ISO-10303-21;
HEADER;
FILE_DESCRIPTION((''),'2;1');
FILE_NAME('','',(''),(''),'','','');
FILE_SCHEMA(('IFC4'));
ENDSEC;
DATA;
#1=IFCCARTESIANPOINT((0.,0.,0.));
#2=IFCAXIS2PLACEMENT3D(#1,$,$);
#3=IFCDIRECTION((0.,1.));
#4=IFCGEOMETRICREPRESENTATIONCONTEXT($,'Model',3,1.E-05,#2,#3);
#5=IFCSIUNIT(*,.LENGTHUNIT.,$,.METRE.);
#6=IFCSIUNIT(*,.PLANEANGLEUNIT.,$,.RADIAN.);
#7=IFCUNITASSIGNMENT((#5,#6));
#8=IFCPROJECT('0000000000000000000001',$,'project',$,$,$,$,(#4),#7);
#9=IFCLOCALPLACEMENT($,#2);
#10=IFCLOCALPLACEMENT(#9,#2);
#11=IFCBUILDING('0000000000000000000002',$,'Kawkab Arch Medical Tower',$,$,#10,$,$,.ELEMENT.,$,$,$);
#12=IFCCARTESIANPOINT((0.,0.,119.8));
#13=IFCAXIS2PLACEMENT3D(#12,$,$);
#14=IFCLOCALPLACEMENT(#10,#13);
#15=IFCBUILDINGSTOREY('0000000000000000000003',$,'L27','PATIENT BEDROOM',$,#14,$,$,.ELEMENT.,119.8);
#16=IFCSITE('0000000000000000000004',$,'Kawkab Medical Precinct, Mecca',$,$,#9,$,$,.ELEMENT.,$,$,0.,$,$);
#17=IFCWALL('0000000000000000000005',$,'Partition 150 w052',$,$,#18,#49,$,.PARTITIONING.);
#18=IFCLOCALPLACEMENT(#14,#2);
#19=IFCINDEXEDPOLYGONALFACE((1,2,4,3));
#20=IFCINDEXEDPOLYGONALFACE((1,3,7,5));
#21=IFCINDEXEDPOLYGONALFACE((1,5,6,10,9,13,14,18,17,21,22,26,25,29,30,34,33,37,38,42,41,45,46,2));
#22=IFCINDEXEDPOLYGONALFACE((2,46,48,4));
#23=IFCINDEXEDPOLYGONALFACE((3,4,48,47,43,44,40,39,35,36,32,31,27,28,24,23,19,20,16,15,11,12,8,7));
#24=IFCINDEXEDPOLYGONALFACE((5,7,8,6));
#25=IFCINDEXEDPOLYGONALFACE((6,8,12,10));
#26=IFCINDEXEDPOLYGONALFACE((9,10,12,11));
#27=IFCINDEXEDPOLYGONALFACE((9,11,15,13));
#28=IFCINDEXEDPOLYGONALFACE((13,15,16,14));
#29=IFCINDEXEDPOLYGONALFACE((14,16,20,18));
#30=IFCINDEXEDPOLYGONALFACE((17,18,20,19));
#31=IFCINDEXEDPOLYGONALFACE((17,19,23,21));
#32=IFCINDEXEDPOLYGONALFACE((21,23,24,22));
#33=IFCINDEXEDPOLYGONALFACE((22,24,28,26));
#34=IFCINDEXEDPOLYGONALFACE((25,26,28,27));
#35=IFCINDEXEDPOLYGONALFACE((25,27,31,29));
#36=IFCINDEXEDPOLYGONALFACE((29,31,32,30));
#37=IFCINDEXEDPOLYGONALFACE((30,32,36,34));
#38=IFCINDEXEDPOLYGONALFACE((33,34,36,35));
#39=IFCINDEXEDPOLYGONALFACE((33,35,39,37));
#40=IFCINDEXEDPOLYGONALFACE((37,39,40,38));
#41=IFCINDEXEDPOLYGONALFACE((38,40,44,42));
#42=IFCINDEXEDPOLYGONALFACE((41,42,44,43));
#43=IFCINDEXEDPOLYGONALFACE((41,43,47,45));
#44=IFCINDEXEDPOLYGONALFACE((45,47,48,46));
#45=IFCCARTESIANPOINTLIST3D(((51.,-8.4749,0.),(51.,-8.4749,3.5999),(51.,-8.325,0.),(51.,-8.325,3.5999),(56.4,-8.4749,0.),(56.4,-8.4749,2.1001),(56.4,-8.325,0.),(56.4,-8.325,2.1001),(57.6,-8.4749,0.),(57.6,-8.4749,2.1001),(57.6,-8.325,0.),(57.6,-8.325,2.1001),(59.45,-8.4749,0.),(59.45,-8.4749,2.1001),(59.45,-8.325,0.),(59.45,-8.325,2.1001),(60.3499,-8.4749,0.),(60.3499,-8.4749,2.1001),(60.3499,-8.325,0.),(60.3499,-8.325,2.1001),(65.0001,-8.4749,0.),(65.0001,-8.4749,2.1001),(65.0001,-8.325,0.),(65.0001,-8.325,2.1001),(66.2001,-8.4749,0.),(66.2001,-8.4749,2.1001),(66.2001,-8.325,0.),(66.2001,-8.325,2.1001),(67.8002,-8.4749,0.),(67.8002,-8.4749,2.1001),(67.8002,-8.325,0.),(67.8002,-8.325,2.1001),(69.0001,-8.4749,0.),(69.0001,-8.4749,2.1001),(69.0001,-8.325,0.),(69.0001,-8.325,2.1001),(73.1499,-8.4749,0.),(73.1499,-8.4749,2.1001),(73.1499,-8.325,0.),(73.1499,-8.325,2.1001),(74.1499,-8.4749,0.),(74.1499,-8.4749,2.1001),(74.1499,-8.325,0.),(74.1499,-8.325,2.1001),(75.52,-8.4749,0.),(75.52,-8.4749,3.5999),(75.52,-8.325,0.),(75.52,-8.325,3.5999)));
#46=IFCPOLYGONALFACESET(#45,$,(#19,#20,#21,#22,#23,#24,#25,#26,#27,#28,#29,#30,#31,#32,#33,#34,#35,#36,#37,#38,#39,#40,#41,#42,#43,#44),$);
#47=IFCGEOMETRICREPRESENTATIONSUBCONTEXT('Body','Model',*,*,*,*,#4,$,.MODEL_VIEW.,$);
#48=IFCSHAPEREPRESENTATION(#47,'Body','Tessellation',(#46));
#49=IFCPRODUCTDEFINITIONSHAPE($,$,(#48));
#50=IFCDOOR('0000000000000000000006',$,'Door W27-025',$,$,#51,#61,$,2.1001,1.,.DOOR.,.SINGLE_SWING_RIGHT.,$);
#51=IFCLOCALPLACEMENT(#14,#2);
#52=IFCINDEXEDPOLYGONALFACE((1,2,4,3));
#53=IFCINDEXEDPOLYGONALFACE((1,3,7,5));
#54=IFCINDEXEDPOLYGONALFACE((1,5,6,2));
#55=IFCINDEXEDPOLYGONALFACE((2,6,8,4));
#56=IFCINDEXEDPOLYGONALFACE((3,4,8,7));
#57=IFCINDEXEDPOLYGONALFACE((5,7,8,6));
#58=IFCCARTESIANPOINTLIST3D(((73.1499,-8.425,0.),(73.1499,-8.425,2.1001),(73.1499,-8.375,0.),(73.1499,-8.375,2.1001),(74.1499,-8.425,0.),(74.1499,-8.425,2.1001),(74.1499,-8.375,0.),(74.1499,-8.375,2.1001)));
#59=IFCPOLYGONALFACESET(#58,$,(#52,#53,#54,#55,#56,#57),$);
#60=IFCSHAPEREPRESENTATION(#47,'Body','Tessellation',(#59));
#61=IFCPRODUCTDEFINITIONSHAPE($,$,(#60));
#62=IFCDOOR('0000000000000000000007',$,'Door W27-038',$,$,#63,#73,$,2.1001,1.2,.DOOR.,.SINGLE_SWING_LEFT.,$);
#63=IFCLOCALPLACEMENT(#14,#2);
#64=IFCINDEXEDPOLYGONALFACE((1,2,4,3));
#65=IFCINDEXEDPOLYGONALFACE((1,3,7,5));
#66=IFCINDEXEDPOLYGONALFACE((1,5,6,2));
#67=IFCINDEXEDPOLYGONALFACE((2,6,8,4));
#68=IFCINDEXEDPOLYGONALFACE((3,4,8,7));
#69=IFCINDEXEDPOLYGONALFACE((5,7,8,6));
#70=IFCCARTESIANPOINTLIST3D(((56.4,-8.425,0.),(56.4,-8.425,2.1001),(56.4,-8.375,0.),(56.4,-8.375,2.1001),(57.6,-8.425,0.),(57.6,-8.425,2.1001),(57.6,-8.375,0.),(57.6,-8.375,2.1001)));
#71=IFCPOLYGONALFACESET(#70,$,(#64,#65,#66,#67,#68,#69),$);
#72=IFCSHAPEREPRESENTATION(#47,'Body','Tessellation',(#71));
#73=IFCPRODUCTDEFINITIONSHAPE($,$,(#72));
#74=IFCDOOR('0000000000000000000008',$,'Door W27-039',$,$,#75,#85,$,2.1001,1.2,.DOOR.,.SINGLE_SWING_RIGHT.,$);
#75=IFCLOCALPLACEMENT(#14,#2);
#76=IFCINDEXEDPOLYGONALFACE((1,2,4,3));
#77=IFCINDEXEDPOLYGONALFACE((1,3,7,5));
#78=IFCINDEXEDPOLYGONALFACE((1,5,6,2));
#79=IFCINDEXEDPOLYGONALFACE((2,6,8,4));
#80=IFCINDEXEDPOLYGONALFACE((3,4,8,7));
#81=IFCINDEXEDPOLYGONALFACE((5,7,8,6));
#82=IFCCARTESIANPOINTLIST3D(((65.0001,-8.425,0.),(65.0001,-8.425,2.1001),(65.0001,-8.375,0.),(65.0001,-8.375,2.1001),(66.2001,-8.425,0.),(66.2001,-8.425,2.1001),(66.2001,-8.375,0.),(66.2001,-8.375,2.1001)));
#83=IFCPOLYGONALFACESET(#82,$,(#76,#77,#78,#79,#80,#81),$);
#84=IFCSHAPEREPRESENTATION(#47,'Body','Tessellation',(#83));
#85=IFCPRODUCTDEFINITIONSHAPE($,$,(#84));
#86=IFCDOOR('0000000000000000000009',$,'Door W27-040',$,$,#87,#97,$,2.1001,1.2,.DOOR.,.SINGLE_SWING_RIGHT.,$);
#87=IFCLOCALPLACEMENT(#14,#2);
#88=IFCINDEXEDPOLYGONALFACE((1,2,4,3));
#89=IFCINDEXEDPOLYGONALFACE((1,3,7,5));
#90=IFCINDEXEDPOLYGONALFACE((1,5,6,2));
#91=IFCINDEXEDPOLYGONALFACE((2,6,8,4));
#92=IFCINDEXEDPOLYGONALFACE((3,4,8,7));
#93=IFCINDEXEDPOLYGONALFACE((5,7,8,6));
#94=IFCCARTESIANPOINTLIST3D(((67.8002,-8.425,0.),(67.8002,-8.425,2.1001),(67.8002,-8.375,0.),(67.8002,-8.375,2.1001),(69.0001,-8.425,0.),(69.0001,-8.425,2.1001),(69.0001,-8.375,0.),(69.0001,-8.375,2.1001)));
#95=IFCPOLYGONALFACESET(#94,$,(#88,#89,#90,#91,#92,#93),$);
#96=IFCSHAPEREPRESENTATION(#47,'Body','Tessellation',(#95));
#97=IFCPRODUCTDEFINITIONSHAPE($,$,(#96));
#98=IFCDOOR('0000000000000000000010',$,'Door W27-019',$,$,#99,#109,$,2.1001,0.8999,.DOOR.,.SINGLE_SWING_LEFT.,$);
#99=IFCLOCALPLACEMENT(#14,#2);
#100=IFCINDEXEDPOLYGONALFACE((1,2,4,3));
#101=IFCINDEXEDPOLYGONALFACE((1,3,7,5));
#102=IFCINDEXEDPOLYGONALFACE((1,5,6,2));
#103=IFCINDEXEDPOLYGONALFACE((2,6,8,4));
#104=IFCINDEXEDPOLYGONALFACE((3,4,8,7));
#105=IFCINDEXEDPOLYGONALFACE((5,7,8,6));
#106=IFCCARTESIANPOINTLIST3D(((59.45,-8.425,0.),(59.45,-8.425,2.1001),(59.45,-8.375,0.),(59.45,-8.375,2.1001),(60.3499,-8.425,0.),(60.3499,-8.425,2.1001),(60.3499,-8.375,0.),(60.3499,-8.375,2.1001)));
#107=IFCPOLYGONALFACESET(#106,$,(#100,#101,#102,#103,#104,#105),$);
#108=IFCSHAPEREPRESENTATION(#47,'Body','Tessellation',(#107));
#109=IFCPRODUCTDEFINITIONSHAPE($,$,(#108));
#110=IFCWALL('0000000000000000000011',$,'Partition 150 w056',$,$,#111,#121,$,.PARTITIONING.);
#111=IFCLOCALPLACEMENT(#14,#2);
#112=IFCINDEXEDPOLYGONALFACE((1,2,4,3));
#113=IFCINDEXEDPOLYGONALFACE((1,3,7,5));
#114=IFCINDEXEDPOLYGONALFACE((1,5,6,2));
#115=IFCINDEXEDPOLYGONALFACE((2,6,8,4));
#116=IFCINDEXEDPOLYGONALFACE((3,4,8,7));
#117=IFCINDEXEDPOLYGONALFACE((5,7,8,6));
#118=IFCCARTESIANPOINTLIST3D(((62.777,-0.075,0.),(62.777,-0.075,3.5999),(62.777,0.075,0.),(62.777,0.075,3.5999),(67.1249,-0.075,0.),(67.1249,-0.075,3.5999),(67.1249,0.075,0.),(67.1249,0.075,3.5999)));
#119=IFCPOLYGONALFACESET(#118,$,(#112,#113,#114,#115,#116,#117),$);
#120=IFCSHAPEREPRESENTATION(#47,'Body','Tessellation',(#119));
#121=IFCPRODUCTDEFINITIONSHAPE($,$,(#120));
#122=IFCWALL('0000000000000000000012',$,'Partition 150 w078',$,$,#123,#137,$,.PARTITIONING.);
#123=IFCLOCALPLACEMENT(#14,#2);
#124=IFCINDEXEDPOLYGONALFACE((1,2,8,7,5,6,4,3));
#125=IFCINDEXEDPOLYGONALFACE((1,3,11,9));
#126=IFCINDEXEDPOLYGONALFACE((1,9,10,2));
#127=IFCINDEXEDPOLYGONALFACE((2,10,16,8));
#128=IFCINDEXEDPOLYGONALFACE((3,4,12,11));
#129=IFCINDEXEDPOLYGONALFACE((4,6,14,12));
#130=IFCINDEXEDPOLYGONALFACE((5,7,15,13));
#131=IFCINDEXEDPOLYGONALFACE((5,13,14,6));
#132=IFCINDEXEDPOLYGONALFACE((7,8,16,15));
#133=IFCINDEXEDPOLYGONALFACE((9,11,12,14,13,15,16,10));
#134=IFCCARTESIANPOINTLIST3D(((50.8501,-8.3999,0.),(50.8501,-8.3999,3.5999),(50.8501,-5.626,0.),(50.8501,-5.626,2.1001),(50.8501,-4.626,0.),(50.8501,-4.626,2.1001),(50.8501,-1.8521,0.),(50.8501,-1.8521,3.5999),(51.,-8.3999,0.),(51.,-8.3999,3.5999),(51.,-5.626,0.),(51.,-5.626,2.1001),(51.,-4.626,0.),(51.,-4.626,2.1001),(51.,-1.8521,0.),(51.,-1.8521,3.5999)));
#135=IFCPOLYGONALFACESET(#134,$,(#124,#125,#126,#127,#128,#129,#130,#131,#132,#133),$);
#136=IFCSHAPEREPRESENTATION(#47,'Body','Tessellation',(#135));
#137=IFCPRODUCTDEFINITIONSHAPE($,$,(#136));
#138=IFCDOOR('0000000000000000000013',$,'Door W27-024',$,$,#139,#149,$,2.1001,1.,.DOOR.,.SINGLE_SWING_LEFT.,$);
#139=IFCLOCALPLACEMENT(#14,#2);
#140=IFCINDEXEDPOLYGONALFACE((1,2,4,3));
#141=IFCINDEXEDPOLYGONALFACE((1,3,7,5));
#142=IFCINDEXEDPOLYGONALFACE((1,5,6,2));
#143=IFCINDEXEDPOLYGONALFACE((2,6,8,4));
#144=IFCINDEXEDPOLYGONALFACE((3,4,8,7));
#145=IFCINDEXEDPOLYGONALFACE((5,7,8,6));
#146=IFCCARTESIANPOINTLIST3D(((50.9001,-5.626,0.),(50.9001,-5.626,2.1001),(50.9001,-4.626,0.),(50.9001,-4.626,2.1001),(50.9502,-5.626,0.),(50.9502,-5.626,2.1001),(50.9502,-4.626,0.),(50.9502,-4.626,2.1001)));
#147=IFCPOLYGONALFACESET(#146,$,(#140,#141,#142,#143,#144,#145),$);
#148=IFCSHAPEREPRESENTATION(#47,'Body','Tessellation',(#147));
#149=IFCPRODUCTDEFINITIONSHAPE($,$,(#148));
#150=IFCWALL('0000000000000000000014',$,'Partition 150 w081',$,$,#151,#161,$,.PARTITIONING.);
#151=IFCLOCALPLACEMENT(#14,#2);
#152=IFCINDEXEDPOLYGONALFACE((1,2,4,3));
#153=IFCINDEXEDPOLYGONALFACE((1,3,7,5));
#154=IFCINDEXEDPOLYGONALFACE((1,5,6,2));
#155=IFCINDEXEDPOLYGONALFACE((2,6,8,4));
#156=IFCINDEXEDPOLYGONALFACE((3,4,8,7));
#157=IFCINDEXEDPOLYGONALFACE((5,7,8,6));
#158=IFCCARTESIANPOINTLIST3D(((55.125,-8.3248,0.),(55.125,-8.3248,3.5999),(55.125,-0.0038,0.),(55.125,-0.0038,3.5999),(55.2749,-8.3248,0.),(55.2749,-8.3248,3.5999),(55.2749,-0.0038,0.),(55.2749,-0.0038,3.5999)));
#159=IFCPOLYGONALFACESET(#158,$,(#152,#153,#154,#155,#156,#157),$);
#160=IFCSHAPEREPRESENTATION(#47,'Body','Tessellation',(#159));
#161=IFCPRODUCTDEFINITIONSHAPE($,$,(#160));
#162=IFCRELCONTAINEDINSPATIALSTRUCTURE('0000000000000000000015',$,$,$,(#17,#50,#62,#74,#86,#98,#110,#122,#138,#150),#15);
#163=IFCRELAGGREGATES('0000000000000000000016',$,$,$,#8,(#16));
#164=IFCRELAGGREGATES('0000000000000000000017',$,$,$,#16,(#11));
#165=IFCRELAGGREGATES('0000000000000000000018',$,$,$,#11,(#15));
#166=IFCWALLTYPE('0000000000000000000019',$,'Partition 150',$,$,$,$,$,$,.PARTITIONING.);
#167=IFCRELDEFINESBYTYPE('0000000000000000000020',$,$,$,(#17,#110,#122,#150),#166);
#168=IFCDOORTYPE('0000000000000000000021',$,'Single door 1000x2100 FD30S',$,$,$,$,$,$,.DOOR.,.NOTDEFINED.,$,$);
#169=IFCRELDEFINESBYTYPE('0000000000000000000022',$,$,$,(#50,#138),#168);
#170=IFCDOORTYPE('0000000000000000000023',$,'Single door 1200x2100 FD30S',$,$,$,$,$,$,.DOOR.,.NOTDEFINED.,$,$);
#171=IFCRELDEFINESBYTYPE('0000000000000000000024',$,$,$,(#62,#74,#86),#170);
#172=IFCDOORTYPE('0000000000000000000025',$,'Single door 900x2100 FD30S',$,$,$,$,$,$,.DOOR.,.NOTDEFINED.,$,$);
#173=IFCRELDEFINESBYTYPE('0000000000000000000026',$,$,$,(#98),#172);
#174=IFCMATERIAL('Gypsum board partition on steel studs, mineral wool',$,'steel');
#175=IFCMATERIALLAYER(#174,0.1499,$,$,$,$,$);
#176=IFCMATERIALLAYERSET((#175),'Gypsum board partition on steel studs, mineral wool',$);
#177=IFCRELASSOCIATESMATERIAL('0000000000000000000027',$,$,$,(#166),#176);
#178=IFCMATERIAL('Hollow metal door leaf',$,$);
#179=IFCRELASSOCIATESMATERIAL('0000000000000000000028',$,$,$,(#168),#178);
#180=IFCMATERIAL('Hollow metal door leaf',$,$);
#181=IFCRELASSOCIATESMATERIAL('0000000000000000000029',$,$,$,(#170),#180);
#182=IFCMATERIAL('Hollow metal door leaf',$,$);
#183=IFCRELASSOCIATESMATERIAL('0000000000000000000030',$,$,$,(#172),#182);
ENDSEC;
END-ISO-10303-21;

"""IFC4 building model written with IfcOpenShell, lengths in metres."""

from ifc_helpers import new_model, si_unit, direction, frame, frame_2d, origin, place, context, subcontext, project, spatial, rectangle, extrude, material, layer, layer_set, type_object, element, fill, save


model = new_model("IFC4")

# Units and contexts
model_context = context("Model", 3, precision=1e-05, world=origin(), true_north=direction((0.0, 1.0)))
body_context = subcontext(model_context, "Body", "Model", "MODEL_VIEW")
ifc_project = project(units=[si_unit("LENGTHUNIT", "METRE"), si_unit("PLANEANGLEUNIT", "RADIAN")], contexts=[model_context])

# Site, building, storey
site_placement = place(None, origin())
site = spatial("IfcSite", under=ifc_project, at=site_placement, Name="Kawkab Medical Precinct, Mecca", CompositionType="ELEMENT", RefElevation=0.0)
building_placement = place(site_placement, origin())
building = spatial("IfcBuilding", under=site, at=building_placement, Name="Kawkab Arch Medical Tower", CompositionType="ELEMENT")
storey_placement = place(building_placement, frame((0.0, 0.0, 119.8)))
storey = spatial("IfcBuildingStorey", under=building, at=storey_placement, Name="L27", Description="PATIENT BEDROOM", CompositionType="ELEMENT", Elevation=119.8)

# Wall, openings, doors
ifc_material_1 = material(Name="Gypsum board partition on steel studs, mineral wool", Category="steel")
ifc_layer_1 = layer(ifc_material_1, 0.1499)
ifc_layer_set_1 = layer_set([ifc_layer_1], Name="Gypsum board partition on steel studs, mineral wool")
wall_type_1 = type_object("IfcWallType", Name="Partition 150", PredefinedType="PARTITIONING", material=ifc_layer_set_1)
wall_1_placement = place(storey_placement, frame((51.0, -8.3999, 0.0), z_axis=(0.0, 0.0, 1.0), x_axis=(1.0, 0.0, 0.0)))
wall_1 = element("IfcWall", 1, at=wall_1_placement, inside=storey, type_object=wall_type_1, Name="Partition 150 w052", PredefinedType="PARTITIONING", context=body_context, shape_type="SweptSolid", body=[
    extrude(rectangle(XDim=24.52, YDim=0.1499, at=frame_2d((12.26, 0.0))), origin(), (0.0, 0.0, 1.0), 3.5999),
])
opening_1_placement = place(wall_1_placement, frame((5.3999, 0.0, 0.0)))
opening_1 = element("IfcOpeningElement", 2, at=opening_1_placement, cuts=wall_1, PredefinedType="OPENING", context=body_context, shape_type="SweptSolid", body=[
    extrude(rectangle(XDim=1.2, YDim=2.1001, at=frame_2d((0.6001, 1.05))), frame((0.0, 0.085, 0.0), z_axis=(0.0, -1.0, 0.0), x_axis=(1.0, 0.0, 0.0)), (0.0, 0.0, 1.0), 0.1699),
])
opening_2_placement = place(wall_1_placement, frame((8.45, 0.0, 0.0)))
opening_2 = element("IfcOpeningElement", 3, at=opening_2_placement, cuts=wall_1, PredefinedType="OPENING", context=body_context, shape_type="SweptSolid", body=[
    extrude(rectangle(XDim=0.8999, YDim=2.1001, at=frame_2d((0.45, 1.05))), frame((0.0, 0.085, 0.0), z_axis=(0.0, -1.0, 0.0), x_axis=(1.0, 0.0, 0.0)), (0.0, 0.0, 1.0), 0.1699),
])
opening_3_placement = place(wall_1_placement, frame((14.0, 0.0, 0.0)))
opening_3 = element("IfcOpeningElement", 4, at=opening_3_placement, cuts=wall_1, PredefinedType="OPENING", context=body_context, shape_type="SweptSolid", body=[
    extrude(rectangle(XDim=1.2, YDim=2.1001, at=frame_2d((0.6001, 1.05))), frame((0.0, 0.085, 0.0), z_axis=(0.0, -1.0, 0.0), x_axis=(1.0, 0.0, 0.0)), (0.0, 0.0, 1.0), 0.1699),
])
opening_4_placement = place(wall_1_placement, frame((16.8, 0.0, 0.0)))
opening_4 = element("IfcOpeningElement", 5, at=opening_4_placement, cuts=wall_1, PredefinedType="OPENING", context=body_context, shape_type="SweptSolid", body=[
    extrude(rectangle(XDim=1.2, YDim=2.1001, at=frame_2d((0.6001, 1.05))), frame((0.0, 0.085, 0.0), z_axis=(0.0, -1.0, 0.0), x_axis=(1.0, 0.0, 0.0)), (0.0, 0.0, 1.0), 0.1699),
])
opening_5_placement = place(wall_1_placement, frame((22.1499, 0.0, 0.0)))
opening_5 = element("IfcOpeningElement", 6, at=opening_5_placement, cuts=wall_1, PredefinedType="OPENING", context=body_context, shape_type="SweptSolid", body=[
    extrude(rectangle(XDim=1.0, YDim=2.1001, at=frame_2d((0.5, 1.05))), frame((0.0, 0.085, 0.0), z_axis=(0.0, -1.0, 0.0), x_axis=(1.0, 0.0, 0.0)), (0.0, 0.0, 1.0), 0.1699),
])
ifc_material_2 = material(Name="Hollow metal door leaf")
door_type_1 = type_object("IfcDoorType", Name="Single door 1000x2100 FD30S", OperationType="NOTDEFINED", PredefinedType="DOOR", material=ifc_material_2)
door_1_placement = place(opening_5_placement, origin())
door_1 = element("IfcDoor", 7, at=door_1_placement, inside=storey, type_object=door_type_1, Name="Door W27-025", OperationType="SINGLE_SWING_RIGHT", OverallHeight=2.1001, OverallWidth=1.0, PredefinedType="DOOR", context=body_context, shape_type="SweptSolid", body=[
    extrude(rectangle(XDim=1.0, YDim=2.1001, at=frame_2d((0.5, 1.05))), frame((0.0, 0.0249, 0.0), z_axis=(0.0, -1.0, 0.0), x_axis=(1.0, 0.0, 0.0)), (0.0, 0.0, 1.0), 0.05),
])
fill(opening_5, door_1)
ifc_material_3 = material(Name="Hollow metal door leaf")
door_type_2 = type_object("IfcDoorType", Name="Single door 1200x2100 FD30S", OperationType="NOTDEFINED", PredefinedType="DOOR", material=ifc_material_3)
door_2_placement = place(opening_1_placement, origin())
door_2 = element("IfcDoor", 8, at=door_2_placement, inside=storey, type_object=door_type_2, Name="Door W27-038", OperationType="SINGLE_SWING_LEFT", OverallHeight=2.1001, OverallWidth=1.2, PredefinedType="DOOR", context=body_context, shape_type="SweptSolid", body=[
    extrude(rectangle(XDim=1.2, YDim=2.1001, at=frame_2d((0.6001, 1.05))), frame((0.0, 0.0249, 0.0), z_axis=(0.0, -1.0, 0.0), x_axis=(1.0, 0.0, 0.0)), (0.0, 0.0, 1.0), 0.05),
])
fill(opening_1, door_2)
door_3_placement = place(opening_3_placement, origin())
door_3 = element("IfcDoor", 9, at=door_3_placement, inside=storey, type_object=door_type_2, Name="Door W27-039", OperationType="SINGLE_SWING_RIGHT", OverallHeight=2.1001, OverallWidth=1.2, PredefinedType="DOOR", context=body_context, shape_type="SweptSolid", body=[
    extrude(rectangle(XDim=1.2, YDim=2.1001, at=frame_2d((0.6001, 1.05))), frame((0.0, 0.0249, 0.0), z_axis=(0.0, -1.0, 0.0), x_axis=(1.0, 0.0, 0.0)), (0.0, 0.0, 1.0), 0.05),
])
fill(opening_3, door_3)
door_4_placement = place(opening_4_placement, origin())
door_4 = element("IfcDoor", 10, at=door_4_placement, inside=storey, type_object=door_type_2, Name="Door W27-040", OperationType="SINGLE_SWING_RIGHT", OverallHeight=2.1001, OverallWidth=1.2, PredefinedType="DOOR", context=body_context, shape_type="SweptSolid", body=[
    extrude(rectangle(XDim=1.2, YDim=2.1001, at=frame_2d((0.6001, 1.05))), frame((0.0, 0.0249, 0.0), z_axis=(0.0, -1.0, 0.0), x_axis=(1.0, 0.0, 0.0)), (0.0, 0.0, 1.0), 0.05),
])
fill(opening_4, door_4)
ifc_material_4 = material(Name="Hollow metal door leaf")
door_type_3 = type_object("IfcDoorType", Name="Single door 900x2100 FD30S", OperationType="NOTDEFINED", PredefinedType="DOOR", material=ifc_material_4)
door_5_placement = place(opening_2_placement, origin())
door_5 = element("IfcDoor", 11, at=door_5_placement, inside=storey, type_object=door_type_3, Name="Door W27-019", OperationType="SINGLE_SWING_LEFT", OverallHeight=2.1001, OverallWidth=0.8999, PredefinedType="DOOR", context=body_context, shape_type="SweptSolid", body=[
    extrude(rectangle(XDim=0.8999, YDim=2.1001, at=frame_2d((0.45, 1.05))), frame((0.0, 0.0249, 0.0), z_axis=(0.0, -1.0, 0.0), x_axis=(1.0, 0.0, 0.0)), (0.0, 0.0, 1.0), 0.05),
])
fill(opening_2, door_5)

# Wall
wall_2_placement = place(storey_placement, frame((62.7771, 0.0, 0.0), z_axis=(0.0, 0.0, 1.0), x_axis=(1.0, 0.0, 0.0)))
element("IfcWall", 12, at=wall_2_placement, inside=storey, type_object=wall_type_1, Name="Partition 150 w056", PredefinedType="PARTITIONING", context=body_context, shape_type="SweptSolid", body=[
    extrude(rectangle(XDim=4.3479, YDim=0.1499, at=frame_2d((2.1738, 0.0))), origin(), (0.0, 0.0, 1.0), 3.5999),
])

# Wall, opening, door
wall_3_placement = place(storey_placement, frame((50.925, -8.3999, 0.0), z_axis=(0.0, 0.0, 1.0), x_axis=(0.0, 1.0, 0.0)))
wall_3 = element("IfcWall", 13, at=wall_3_placement, inside=storey, type_object=wall_type_1, Name="Partition 150 w078", PredefinedType="PARTITIONING", context=body_context, shape_type="SweptSolid", body=[
    extrude(rectangle(XDim=6.5479, YDim=0.1499, at=frame_2d((3.2739, 0.0))), origin(), (0.0, 0.0, 1.0), 3.5999),
])
opening_6_placement = place(wall_3_placement, frame((2.7739, 0.0, 0.0)))
opening_6 = element("IfcOpeningElement", 14, at=opening_6_placement, cuts=wall_3, PredefinedType="OPENING", context=body_context, shape_type="SweptSolid", body=[
    extrude(rectangle(XDim=1.0, YDim=2.1001, at=frame_2d((0.5, 1.05))), frame((0.0, 0.085, 0.0), z_axis=(0.0, -1.0, 0.0), x_axis=(1.0, 0.0, 0.0)), (0.0, 0.0, 1.0), 0.1699),
])
door_6_placement = place(opening_6_placement, origin())
door_6 = element("IfcDoor", 15, at=door_6_placement, inside=storey, type_object=door_type_1, Name="Door W27-024", OperationType="SINGLE_SWING_LEFT", OverallHeight=2.1001, OverallWidth=1.0, PredefinedType="DOOR", context=body_context, shape_type="SweptSolid", body=[
    extrude(rectangle(XDim=1.0, YDim=2.1001, at=frame_2d((0.5, 1.05))), frame((0.0, 0.0249, 0.0), z_axis=(0.0, -1.0, 0.0), x_axis=(1.0, 0.0, 0.0)), (0.0, 0.0, 1.0), 0.05),
])
fill(opening_6, door_6)

# Wall
wall_4_placement = place(storey_placement, frame((55.2, -8.325, 0.0), z_axis=(0.0, 0.0, 1.0), x_axis=(0.0, 1.0, 0.0)))
element("IfcWall", 16, at=wall_4_placement, inside=storey, type_object=wall_type_1, Name="Partition 150 w081", PredefinedType="PARTITIONING", context=body_context, shape_type="SweptSolid", body=[
    extrude(rectangle(XDim=8.321, YDim=0.1499, at=frame_2d((4.1606, 0.0))), origin(), (0.0, 0.0, 1.0), 3.5999),
])

save(model, "model.ifc")
